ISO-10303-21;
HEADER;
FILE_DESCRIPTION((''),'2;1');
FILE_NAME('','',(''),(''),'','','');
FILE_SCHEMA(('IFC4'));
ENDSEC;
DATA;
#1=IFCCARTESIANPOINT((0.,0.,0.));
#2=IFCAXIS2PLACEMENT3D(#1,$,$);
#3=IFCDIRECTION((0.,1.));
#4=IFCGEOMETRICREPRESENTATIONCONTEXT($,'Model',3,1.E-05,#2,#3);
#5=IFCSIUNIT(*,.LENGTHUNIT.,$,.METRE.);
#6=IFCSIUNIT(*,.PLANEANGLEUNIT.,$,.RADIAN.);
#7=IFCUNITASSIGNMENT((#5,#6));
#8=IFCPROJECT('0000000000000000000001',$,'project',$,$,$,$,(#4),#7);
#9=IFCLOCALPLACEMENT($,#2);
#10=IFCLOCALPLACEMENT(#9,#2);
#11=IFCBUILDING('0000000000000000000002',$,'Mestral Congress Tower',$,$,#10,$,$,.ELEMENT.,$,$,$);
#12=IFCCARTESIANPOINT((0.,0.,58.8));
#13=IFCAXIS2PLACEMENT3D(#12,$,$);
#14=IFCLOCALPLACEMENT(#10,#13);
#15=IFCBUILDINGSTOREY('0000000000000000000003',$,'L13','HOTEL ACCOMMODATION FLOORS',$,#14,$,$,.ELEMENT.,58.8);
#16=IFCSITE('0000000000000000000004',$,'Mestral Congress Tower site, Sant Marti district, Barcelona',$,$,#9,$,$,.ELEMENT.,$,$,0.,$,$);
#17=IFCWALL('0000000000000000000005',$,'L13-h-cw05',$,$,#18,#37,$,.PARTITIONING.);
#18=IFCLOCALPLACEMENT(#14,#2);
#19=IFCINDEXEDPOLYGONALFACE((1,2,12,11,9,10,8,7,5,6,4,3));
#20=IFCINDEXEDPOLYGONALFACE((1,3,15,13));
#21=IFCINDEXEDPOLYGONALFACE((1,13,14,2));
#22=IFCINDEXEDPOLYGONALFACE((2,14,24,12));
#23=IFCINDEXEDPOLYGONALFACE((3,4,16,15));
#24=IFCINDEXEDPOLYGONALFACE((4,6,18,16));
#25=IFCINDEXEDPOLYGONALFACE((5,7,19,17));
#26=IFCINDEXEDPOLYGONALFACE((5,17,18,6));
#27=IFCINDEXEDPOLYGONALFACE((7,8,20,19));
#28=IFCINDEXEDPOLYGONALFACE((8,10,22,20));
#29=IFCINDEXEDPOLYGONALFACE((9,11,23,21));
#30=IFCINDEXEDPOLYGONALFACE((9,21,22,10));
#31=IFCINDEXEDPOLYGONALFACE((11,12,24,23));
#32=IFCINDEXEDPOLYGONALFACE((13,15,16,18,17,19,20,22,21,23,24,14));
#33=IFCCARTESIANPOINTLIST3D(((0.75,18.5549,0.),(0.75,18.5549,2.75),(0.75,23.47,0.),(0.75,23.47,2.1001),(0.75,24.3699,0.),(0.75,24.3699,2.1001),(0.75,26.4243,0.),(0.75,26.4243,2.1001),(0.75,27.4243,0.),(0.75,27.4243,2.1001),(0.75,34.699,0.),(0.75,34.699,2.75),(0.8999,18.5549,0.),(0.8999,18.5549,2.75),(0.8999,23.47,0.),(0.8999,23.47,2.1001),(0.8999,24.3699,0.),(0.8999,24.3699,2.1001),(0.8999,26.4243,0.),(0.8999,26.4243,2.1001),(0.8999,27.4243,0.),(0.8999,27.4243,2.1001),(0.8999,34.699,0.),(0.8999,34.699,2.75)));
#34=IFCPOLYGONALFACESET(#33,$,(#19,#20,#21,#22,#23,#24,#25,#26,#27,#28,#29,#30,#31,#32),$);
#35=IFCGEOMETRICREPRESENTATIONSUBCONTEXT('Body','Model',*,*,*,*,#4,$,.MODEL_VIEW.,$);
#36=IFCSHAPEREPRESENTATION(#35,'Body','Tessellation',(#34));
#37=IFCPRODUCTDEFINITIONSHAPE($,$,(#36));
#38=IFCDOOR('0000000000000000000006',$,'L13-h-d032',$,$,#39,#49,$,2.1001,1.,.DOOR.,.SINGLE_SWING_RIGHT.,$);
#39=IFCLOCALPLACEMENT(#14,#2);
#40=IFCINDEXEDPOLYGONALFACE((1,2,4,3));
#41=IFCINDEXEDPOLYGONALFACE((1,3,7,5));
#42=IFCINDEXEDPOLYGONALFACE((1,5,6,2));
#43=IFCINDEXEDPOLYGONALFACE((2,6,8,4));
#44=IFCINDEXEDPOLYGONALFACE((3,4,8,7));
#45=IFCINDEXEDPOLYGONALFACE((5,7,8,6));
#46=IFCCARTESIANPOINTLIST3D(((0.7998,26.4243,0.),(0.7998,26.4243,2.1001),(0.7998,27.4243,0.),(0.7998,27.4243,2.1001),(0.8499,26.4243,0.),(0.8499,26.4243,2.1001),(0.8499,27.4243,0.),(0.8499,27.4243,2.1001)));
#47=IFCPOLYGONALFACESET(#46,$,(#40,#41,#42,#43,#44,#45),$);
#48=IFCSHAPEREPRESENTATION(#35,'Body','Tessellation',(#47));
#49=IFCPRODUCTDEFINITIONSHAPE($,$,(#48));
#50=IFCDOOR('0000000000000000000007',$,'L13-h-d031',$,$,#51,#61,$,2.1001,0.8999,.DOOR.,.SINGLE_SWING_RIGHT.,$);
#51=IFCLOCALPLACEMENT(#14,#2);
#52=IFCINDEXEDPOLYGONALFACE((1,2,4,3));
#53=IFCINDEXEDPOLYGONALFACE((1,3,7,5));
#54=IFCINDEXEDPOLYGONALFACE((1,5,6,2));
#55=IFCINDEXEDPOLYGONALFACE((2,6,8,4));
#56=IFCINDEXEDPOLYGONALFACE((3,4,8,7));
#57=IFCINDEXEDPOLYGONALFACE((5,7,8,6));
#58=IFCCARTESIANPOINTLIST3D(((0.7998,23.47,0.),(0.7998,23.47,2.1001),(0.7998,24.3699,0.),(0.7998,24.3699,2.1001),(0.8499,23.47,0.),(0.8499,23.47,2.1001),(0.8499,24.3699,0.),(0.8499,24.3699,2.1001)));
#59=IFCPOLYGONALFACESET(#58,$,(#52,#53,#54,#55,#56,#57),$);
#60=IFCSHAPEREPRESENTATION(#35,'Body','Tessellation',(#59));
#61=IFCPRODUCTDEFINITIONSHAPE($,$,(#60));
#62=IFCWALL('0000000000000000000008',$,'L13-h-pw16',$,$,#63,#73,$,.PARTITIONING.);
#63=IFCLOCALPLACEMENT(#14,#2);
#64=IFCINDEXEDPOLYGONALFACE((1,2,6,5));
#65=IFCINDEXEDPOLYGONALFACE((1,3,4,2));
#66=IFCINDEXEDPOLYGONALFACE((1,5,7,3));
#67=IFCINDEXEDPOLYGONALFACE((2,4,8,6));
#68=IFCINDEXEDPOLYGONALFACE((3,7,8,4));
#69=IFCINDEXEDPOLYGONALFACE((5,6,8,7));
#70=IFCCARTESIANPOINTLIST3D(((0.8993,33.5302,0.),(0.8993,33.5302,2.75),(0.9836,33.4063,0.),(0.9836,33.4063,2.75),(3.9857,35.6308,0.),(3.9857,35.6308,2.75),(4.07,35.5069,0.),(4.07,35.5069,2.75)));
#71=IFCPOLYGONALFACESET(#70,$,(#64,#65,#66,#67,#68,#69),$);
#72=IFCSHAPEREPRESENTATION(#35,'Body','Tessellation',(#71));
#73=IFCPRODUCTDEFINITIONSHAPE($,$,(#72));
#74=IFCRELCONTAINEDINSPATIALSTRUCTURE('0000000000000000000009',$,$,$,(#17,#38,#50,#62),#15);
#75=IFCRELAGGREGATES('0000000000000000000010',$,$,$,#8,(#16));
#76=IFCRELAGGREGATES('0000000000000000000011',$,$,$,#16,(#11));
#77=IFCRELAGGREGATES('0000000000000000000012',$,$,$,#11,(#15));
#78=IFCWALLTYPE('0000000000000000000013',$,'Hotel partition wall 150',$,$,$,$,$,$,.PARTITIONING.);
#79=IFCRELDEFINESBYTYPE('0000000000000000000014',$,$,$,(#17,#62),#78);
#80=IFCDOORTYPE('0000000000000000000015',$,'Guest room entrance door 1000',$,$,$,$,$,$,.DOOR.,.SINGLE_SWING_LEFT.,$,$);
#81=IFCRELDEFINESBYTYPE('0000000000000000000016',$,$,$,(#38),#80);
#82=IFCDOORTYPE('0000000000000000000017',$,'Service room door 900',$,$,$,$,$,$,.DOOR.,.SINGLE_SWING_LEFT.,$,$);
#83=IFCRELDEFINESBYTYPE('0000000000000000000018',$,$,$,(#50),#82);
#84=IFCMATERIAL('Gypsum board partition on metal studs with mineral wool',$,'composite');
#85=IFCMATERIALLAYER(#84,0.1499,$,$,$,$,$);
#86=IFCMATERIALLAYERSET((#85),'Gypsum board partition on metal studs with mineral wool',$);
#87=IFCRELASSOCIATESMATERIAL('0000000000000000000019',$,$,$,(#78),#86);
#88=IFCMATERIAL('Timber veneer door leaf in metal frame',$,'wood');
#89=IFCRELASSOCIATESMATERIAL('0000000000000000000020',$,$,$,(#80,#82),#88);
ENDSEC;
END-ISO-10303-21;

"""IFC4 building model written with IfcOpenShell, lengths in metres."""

from ifc_helpers import new_model, si_unit, direction, frame, frame_2d, origin, place, context, subcontext, project, spatial, rectangle, extrude, material, layer, layer_set, type_object, element, fill, save


model = new_model("IFC4")

# Units and contexts
model_context = context("Model", 3, precision=1e-05, world=origin(), true_north=direction((0.0, 1.0)))
body_context = subcontext(model_context, "Body", "Model", "MODEL_VIEW")
ifc_project = project(units=[si_unit("LENGTHUNIT", "METRE"), si_unit("PLANEANGLEUNIT", "RADIAN")], contexts=[model_context])

# Site, building, storey
site_placement = place(None, origin())
site = spatial("IfcSite", under=ifc_project, at=site_placement, Name="Mestral Congress Tower site, Sant Marti district, Barcelona", CompositionType="ELEMENT", RefElevation=0.0)
building_placement = place(site_placement, origin())
building = spatial("IfcBuilding", under=site, at=building_placement, Name="Mestral Congress Tower", CompositionType="ELEMENT")
storey_placement = place(building_placement, frame((0.0, 0.0, 58.8)))
storey = spatial("IfcBuildingStorey", under=building, at=storey_placement, Name="L13", Description="HOTEL ACCOMMODATION FLOORS", CompositionType="ELEMENT", Elevation=58.8)

# Shared definitions
ifc_material_1 = material(Name="Gypsum board partition on metal studs with mineral wool", Category="composite")

# Wall, openings, doors
ifc_layer_1 = layer(ifc_material_1, 0.1499)
ifc_layer_set_1 = layer_set([ifc_layer_1], Name="Gypsum board partition on metal studs with mineral wool")
wall_type_1 = type_object("IfcWallType", Name="Hotel partition wall 150", PredefinedType="PARTITIONING", material=ifc_layer_set_1)
wall_1_placement = place(storey_placement, frame((0.825, 34.699, 0.0), z_axis=(0.0, 0.0, 1.0), x_axis=(0.0, -1.0, 0.0)))
wall_1 = element("IfcWall", 1, at=wall_1_placement, inside=storey, type_object=wall_type_1, Name="L13-h-cw05", PredefinedType="PARTITIONING", context=body_context, shape_type="SweptSolid", body=[
    extrude(rectangle(XDim=16.144, YDim=0.1499, at=frame_2d((8.072, 0.0))), origin(), (0.0, 0.0, 1.0), 2.75),
])
opening_1_placement = place(wall_1_placement, frame((10.3291, 0.0, 0.0)))
opening_1 = element("IfcOpeningElement", 2, at=opening_1_placement, cuts=wall_1, PredefinedType="OPENING", context=body_context, shape_type="SweptSolid", body=[
    extrude(rectangle(XDim=0.8999, YDim=2.1001, at=frame_2d((0.45, 1.05))), frame((0.0, 0.085, 0.0), z_axis=(0.0, -1.0, 0.0), x_axis=(1.0, 0.0, 0.0)), (0.0, 0.0, 1.0), 0.1699),
])
opening_2_placement = place(wall_1_placement, frame((7.2747, 0.0, 0.0)))
opening_2 = element("IfcOpeningElement", 3, at=opening_2_placement, cuts=wall_1, PredefinedType="OPENING", context=body_context, shape_type="SweptSolid", body=[
    extrude(rectangle(XDim=1.0, YDim=2.1001, at=frame_2d((0.5, 1.05))), frame((0.0, 0.085, 0.0), z_axis=(0.0, -1.0, 0.0), x_axis=(1.0, 0.0, 0.0)), (0.0, 0.0, 1.0), 0.1699),
])
ifc_material_2 = material(Name="Timber veneer door leaf in metal frame", Category="wood")
door_type_1 = type_object("IfcDoorType", Name="Guest room entrance door 1000", OperationType="SINGLE_SWING_LEFT", PredefinedType="DOOR", material=ifc_material_2)
door_1_placement = place(opening_2_placement, origin())
door_1 = element("IfcDoor", 4, at=door_1_placement, inside=storey, type_object=door_type_1, Name="L13-h-d032", OperationType="SINGLE_SWING_RIGHT", OverallHeight=2.1001, OverallWidth=1.0, PredefinedType="DOOR", context=body_context, shape_type="SweptSolid", body=[
    extrude(rectangle(XDim=1.0, YDim=2.1001, at=frame_2d((0.5, 1.05))), frame((0.0, 0.0249, 0.0), z_axis=(0.0, -1.0, 0.0), x_axis=(1.0, 0.0, 0.0)), (0.0, 0.0, 1.0), 0.05),
])
fill(opening_2, door_1)
door_type_2 = type_object("IfcDoorType", Name="Service room door 900", OperationType="SINGLE_SWING_LEFT", PredefinedType="DOOR", material=ifc_material_2)
door_2_placement = place(opening_1_placement, origin())
door_2 = element("IfcDoor", 5, at=door_2_placement, inside=storey, type_object=door_type_2, Name="L13-h-d031", OperationType="SINGLE_SWING_RIGHT", OverallHeight=2.1001, OverallWidth=0.8999, PredefinedType="DOOR", context=body_context, shape_type="SweptSolid", body=[
    extrude(rectangle(XDim=0.8999, YDim=2.1001, at=frame_2d((0.45, 1.05))), frame((0.0, 0.0249, 0.0), z_axis=(0.0, -1.0, 0.0), x_axis=(1.0, 0.0, 0.0)), (0.0, 0.0, 1.0), 0.05),
])
fill(opening_1, door_2)

# Wall
wall_2_placement = place(storey_placement, frame((4.0278, 35.5688, 0.0), z_axis=(0.0, 0.0, 1.0), x_axis=(-0.8267, -0.562643, 0.0)))
element("IfcWall", 6, at=wall_2_placement, inside=storey, type_object=wall_type_1, Name="L13-h-pw16", PredefinedType="PARTITIONING", context=body_context, shape_type="SweptSolid", body=[
    extrude(rectangle(XDim=3.7334, YDim=0.1499, at=frame_2d((1.8667, 0.0))), origin(), (0.0, 0.0, 1.0), 2.75),
])

save(model, "model.ifc")
